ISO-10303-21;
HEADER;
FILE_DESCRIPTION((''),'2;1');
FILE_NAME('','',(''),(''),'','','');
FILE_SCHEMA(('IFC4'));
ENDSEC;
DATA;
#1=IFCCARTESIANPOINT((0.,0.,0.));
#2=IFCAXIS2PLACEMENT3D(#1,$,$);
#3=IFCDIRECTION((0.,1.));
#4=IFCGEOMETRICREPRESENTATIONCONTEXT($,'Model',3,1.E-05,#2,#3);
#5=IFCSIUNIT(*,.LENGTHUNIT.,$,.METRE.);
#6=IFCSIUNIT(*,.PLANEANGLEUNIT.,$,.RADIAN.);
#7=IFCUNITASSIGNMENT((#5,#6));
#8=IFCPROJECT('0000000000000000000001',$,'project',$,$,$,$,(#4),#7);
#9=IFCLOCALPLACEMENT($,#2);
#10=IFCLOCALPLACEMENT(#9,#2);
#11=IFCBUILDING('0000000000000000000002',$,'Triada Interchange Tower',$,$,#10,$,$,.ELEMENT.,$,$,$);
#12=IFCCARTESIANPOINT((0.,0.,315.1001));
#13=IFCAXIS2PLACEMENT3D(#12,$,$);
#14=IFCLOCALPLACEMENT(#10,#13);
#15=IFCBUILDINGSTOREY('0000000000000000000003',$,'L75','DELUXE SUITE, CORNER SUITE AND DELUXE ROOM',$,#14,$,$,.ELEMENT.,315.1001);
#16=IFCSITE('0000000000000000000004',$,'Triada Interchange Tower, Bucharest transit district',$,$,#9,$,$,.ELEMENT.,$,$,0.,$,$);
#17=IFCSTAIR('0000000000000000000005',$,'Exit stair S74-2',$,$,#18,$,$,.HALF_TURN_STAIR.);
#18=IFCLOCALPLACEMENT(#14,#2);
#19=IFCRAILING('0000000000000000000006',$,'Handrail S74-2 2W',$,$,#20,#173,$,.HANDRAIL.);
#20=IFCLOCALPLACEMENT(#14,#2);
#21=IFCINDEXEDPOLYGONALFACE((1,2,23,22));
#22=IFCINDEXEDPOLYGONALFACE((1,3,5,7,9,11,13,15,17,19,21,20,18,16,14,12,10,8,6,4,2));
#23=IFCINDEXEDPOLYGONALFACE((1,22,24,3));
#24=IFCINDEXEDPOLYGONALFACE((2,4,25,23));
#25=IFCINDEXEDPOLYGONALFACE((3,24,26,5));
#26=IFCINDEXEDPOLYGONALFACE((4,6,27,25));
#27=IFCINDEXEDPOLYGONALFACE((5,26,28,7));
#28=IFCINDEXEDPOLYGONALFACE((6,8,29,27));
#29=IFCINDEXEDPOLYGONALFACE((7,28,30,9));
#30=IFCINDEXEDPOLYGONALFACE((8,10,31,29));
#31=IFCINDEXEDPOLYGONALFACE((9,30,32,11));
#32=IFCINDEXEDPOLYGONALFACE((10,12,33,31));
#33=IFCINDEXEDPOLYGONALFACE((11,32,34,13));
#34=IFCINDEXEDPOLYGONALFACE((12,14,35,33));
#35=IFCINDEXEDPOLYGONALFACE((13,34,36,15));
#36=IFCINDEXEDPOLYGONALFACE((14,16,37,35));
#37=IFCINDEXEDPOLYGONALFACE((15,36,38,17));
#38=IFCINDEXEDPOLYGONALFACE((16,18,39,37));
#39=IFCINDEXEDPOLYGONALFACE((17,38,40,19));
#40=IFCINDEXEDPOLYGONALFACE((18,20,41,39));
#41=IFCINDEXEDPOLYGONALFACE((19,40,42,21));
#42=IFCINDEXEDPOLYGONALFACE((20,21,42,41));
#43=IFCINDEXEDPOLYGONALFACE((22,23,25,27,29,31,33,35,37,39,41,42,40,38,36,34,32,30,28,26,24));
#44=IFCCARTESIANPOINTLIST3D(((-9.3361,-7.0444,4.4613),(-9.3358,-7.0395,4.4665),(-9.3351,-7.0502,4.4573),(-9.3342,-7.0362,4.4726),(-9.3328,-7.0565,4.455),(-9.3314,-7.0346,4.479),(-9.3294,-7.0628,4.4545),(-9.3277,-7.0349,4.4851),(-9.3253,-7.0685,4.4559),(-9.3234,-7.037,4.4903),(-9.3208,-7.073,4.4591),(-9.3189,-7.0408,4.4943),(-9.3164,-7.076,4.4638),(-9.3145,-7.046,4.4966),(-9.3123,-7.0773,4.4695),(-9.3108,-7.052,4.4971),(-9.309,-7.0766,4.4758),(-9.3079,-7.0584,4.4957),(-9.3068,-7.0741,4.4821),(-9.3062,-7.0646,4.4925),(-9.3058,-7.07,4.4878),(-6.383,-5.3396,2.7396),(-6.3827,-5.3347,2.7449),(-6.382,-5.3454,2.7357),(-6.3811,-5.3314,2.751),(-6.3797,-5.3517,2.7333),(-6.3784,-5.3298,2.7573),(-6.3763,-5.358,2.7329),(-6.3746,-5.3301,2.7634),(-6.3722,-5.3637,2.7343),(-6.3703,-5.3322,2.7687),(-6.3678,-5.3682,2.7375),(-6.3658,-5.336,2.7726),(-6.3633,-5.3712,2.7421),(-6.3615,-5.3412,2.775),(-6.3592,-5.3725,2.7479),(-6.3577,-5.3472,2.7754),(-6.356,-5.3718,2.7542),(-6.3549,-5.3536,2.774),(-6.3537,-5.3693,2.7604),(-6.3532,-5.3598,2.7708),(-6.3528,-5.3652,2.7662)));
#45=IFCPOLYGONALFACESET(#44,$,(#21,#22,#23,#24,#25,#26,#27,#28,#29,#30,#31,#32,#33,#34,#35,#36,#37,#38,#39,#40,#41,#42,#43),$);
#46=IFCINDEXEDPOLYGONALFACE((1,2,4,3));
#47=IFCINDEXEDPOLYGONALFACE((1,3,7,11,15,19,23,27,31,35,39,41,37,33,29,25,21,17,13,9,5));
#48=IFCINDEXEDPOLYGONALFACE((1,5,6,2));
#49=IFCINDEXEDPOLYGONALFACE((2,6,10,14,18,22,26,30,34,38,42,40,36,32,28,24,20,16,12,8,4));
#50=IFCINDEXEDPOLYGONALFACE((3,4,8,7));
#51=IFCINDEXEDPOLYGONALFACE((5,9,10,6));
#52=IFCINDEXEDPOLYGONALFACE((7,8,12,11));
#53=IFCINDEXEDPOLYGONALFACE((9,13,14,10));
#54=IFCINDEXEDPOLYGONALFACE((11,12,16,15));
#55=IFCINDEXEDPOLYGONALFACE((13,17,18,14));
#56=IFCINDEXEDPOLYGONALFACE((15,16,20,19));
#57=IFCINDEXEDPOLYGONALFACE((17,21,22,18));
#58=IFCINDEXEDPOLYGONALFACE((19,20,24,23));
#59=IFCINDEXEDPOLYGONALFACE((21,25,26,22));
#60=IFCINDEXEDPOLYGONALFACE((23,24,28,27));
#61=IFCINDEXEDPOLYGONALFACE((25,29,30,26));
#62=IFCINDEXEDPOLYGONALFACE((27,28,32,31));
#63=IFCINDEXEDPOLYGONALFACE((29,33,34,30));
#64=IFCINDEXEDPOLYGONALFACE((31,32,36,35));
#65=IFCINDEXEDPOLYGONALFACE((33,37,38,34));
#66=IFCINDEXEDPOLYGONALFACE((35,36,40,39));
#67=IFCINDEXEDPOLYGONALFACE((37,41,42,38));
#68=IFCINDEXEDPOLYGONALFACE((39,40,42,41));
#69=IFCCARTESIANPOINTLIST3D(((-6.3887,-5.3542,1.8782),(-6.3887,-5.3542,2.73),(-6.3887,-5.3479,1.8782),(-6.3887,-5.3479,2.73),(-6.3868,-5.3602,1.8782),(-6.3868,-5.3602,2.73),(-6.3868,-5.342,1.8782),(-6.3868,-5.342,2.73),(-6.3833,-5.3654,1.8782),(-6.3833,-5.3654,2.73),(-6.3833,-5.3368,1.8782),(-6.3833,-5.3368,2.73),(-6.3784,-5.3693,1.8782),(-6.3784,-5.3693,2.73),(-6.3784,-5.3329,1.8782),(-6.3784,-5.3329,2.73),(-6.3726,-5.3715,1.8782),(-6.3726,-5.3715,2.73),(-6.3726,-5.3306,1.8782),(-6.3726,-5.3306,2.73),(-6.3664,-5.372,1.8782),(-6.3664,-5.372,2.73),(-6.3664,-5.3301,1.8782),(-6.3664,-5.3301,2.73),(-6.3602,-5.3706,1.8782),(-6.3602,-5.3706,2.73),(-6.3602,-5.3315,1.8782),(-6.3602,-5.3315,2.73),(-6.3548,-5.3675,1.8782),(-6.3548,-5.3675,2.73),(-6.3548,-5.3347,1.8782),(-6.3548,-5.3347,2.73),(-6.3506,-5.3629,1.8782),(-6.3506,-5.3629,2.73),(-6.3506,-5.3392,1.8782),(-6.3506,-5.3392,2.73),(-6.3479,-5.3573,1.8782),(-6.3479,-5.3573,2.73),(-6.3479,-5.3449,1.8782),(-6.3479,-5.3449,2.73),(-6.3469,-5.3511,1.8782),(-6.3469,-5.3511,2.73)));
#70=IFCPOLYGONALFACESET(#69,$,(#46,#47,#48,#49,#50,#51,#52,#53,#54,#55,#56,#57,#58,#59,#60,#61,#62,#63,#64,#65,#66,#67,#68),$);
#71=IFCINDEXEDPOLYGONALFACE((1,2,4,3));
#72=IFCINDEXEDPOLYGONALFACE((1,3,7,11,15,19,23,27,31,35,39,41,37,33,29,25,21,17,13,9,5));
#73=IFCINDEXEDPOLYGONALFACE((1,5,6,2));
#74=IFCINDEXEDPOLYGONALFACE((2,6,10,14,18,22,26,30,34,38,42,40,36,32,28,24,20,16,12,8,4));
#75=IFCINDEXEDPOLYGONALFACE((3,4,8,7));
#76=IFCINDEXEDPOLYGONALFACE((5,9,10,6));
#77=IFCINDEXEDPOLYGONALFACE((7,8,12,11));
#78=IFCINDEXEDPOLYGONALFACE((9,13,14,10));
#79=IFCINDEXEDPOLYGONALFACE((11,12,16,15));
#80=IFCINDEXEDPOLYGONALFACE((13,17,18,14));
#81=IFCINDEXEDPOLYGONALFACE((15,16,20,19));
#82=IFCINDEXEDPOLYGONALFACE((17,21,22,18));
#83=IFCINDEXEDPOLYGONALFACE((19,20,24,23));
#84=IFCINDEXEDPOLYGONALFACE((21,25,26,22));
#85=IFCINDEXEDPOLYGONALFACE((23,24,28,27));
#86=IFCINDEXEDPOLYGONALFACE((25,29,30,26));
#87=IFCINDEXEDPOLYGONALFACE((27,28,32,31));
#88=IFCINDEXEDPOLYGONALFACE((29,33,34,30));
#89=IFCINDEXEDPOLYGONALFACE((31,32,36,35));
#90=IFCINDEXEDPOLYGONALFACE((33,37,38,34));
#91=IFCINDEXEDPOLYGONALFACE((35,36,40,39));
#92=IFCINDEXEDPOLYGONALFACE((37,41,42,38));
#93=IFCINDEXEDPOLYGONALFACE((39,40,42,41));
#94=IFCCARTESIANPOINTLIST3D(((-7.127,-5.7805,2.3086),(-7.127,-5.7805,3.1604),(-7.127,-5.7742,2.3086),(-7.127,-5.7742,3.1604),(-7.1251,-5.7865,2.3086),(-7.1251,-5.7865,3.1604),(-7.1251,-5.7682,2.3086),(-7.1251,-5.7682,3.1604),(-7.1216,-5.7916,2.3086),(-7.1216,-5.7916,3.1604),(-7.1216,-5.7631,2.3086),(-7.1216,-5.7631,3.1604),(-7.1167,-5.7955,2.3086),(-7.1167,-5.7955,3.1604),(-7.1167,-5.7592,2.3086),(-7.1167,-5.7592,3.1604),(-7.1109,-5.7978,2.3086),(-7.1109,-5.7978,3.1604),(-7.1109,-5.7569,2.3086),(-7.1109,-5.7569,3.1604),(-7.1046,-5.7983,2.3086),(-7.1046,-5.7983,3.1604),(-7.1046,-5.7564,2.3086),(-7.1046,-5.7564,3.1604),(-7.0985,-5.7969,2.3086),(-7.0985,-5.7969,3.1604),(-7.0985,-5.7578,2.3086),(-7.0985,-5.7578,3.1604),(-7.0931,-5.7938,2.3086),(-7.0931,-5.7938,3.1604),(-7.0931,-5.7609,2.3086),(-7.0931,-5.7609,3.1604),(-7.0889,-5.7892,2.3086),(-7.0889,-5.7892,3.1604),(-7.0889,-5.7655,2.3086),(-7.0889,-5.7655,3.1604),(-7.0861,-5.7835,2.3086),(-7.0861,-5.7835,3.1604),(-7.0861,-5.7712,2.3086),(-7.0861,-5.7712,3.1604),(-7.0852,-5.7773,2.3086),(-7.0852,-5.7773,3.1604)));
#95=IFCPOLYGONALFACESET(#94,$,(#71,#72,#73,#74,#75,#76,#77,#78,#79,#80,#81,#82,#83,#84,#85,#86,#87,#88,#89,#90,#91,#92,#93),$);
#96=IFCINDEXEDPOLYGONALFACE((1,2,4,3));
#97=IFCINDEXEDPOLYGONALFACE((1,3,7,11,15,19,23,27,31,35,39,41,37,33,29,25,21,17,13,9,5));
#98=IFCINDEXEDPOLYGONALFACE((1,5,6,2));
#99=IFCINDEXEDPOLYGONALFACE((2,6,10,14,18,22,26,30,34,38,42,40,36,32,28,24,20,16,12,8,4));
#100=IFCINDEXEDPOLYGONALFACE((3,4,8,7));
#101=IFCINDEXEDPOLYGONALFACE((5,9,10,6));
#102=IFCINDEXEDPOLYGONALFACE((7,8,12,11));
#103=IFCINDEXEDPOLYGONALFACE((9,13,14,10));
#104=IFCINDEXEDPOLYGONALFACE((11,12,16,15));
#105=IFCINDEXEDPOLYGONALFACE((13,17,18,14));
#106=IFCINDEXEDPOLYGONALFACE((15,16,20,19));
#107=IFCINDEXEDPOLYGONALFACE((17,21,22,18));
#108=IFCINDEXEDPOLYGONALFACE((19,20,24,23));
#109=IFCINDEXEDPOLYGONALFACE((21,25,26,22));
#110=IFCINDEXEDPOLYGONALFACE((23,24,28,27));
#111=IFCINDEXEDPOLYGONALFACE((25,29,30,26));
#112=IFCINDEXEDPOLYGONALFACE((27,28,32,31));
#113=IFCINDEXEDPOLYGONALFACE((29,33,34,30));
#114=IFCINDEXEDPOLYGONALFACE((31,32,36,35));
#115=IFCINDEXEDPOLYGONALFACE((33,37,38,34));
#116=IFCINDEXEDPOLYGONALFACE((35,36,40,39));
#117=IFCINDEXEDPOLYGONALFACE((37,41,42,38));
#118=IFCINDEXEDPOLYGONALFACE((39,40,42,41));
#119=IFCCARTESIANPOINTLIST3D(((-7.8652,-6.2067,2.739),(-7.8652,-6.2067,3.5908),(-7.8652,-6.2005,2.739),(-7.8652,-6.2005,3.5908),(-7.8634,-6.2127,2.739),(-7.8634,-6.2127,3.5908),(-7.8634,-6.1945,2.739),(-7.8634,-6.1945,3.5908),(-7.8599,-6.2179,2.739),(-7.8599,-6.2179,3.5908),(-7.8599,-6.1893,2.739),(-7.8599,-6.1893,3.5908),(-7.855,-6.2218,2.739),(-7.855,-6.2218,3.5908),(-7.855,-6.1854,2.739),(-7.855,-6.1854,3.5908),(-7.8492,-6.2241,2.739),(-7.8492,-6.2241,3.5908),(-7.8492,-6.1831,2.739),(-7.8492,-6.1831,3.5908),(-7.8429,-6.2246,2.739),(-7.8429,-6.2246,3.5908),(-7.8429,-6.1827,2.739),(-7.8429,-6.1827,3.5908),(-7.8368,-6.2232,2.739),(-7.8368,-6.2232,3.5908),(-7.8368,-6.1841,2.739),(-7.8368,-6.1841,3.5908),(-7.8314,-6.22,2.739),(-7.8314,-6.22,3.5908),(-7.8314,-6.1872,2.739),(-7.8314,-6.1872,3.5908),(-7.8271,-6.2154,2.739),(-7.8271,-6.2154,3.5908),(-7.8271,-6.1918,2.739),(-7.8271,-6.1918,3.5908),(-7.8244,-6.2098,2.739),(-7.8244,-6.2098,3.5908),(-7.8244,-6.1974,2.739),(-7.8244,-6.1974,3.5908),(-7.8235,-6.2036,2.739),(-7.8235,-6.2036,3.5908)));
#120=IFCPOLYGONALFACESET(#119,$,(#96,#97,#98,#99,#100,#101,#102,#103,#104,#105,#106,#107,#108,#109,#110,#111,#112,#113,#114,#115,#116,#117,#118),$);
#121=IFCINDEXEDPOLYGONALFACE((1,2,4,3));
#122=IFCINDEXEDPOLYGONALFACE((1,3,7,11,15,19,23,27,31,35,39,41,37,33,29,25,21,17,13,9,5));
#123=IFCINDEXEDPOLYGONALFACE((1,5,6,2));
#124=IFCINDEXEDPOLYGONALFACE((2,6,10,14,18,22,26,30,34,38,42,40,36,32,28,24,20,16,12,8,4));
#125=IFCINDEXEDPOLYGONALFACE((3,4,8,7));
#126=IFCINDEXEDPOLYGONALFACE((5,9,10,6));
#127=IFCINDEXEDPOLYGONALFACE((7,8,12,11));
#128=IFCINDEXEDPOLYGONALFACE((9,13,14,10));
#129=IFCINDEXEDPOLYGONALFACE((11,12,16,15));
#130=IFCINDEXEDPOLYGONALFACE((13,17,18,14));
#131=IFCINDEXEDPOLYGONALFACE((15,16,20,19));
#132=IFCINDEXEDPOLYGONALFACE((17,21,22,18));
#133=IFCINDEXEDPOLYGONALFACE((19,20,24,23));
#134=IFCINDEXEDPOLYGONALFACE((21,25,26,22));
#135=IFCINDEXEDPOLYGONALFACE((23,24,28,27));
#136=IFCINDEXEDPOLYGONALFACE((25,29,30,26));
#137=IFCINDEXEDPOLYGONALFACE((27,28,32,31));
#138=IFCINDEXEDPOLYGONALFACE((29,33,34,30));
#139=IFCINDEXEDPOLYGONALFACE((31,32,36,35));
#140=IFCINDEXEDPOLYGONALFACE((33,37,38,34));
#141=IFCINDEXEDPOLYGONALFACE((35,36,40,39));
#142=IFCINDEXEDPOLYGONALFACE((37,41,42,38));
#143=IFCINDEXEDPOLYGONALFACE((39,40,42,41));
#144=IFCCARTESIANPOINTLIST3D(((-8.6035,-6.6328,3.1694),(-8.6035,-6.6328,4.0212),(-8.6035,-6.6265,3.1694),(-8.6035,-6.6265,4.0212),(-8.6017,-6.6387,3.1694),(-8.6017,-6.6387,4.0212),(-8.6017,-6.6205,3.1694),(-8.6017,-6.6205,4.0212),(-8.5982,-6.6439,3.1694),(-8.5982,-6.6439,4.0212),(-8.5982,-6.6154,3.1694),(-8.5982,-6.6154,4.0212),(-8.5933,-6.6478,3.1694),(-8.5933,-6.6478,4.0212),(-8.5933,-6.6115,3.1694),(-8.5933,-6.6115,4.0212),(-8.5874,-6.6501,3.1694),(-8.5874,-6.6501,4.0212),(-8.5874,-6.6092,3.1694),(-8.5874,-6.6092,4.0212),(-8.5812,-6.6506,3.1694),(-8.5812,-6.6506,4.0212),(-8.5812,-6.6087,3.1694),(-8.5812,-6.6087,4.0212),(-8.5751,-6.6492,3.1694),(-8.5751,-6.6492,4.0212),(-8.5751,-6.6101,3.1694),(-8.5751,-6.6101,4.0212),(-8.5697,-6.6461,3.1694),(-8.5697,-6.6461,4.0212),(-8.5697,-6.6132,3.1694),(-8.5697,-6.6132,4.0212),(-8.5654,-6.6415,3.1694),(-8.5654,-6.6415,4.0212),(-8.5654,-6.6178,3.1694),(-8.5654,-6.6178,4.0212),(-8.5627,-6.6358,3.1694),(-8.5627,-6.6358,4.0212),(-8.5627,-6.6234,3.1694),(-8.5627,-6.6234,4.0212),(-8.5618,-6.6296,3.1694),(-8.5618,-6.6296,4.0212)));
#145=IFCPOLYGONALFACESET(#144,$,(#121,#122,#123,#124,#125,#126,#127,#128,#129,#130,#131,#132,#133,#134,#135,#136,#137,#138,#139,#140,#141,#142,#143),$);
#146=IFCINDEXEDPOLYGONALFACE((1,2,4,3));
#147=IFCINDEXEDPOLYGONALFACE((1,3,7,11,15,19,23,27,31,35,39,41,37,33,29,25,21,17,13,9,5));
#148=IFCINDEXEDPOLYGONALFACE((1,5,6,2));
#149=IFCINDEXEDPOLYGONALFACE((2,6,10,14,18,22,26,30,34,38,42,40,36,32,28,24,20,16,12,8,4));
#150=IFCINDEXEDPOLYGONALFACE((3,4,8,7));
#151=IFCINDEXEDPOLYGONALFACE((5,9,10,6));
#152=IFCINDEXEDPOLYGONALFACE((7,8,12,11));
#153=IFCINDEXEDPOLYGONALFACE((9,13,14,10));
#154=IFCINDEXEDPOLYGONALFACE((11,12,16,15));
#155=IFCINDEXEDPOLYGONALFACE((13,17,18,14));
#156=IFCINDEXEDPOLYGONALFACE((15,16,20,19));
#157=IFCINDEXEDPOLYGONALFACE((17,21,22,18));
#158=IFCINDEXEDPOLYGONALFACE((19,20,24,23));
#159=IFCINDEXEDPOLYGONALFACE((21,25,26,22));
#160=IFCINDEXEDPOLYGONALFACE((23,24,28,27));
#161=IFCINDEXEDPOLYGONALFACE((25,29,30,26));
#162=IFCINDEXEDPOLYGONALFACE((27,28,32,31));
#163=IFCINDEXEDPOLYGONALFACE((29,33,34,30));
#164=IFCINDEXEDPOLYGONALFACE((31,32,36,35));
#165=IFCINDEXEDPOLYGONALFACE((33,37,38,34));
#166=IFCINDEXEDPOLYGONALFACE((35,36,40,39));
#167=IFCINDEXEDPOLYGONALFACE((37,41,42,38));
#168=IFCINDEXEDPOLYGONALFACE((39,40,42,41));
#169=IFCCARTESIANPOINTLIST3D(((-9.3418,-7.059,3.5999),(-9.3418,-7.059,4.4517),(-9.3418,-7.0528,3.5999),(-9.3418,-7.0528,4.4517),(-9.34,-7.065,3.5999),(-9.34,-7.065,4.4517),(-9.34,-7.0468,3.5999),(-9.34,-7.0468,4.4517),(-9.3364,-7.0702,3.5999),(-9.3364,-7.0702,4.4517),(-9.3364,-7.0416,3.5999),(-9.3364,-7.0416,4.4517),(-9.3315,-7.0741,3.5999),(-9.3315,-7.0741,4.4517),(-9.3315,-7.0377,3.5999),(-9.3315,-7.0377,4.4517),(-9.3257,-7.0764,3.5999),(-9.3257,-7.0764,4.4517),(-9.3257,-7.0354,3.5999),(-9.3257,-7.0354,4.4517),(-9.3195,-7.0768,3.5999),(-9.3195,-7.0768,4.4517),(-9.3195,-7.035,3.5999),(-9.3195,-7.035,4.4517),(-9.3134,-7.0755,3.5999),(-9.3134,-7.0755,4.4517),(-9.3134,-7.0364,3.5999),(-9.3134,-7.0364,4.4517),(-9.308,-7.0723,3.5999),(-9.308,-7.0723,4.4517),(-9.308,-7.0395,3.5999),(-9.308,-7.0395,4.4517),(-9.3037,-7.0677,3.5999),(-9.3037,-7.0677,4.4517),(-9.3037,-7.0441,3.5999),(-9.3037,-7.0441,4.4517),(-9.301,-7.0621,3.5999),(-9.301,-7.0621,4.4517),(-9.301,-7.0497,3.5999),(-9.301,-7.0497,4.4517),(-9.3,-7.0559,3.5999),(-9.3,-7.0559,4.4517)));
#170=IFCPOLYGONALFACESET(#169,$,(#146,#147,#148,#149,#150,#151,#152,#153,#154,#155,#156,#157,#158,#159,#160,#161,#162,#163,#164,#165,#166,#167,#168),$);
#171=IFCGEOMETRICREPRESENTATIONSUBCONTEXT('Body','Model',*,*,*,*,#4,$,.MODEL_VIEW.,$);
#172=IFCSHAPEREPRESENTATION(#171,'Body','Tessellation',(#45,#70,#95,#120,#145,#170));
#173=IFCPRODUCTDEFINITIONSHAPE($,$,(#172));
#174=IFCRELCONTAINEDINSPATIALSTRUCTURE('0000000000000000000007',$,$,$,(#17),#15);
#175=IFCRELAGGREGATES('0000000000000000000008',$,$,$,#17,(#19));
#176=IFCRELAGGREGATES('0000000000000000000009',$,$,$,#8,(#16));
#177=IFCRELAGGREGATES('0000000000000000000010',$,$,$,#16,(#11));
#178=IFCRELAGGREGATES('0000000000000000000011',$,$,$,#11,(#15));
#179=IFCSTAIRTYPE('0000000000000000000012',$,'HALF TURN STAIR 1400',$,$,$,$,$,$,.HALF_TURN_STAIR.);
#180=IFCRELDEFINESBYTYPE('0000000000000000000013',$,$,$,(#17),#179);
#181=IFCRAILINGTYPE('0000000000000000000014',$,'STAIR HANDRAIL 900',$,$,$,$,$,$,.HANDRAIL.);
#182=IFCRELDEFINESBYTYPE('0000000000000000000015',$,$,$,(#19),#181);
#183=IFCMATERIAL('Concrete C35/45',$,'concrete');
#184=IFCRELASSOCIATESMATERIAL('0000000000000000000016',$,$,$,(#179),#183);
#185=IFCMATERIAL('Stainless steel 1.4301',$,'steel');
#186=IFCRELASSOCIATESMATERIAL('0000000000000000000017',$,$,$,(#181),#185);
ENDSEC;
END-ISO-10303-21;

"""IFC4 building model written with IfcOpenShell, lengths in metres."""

from ifc_helpers import new_model, si_unit, direction, frame, origin, origin_2d, place, context, subcontext, project, spatial, circle, extrude, material, type_object, element, aggregate, save


model = new_model("IFC4")

# Units and contexts
model_context = context("Model", 3, precision=1e-05, world=origin(), true_north=direction((0.0, 1.0)))
body_context = subcontext(model_context, "Body", "Model", "MODEL_VIEW")
ifc_project = project(units=[si_unit("LENGTHUNIT", "METRE"), si_unit("PLANEANGLEUNIT", "RADIAN")], contexts=[model_context])

# Site, building, storey
site_placement = place(None, origin())
site = spatial("IfcSite", under=ifc_project, at=site_placement, Name="Triada Interchange Tower, Bucharest transit district", CompositionType="ELEMENT", RefElevation=0.0)
building_placement = place(site_placement, origin())
building = spatial("IfcBuilding", under=site, at=building_placement, Name="Triada Interchange Tower", CompositionType="ELEMENT")
storey_placement = place(building_placement, frame((0.0, 0.0, 315.1001)))
storey = spatial("IfcBuildingStorey", under=building, at=storey_placement, Name="L75", Description="DELUXE SUITE, CORNER SUITE AND DELUXE ROOM", CompositionType="ELEMENT", Elevation=315.1001)

# Stair, railing
ifc_material_1 = material(Name="Concrete C35/45", Category="concrete")
stair_type = type_object("IfcStairType", Name="HALF TURN STAIR 1400", PredefinedType="HALF_TURN_STAIR", material=ifc_material_1)
stair_placement = place(storey_placement, origin())
stair = element("IfcStair", 1, at=stair_placement, inside=storey, type_object=stair_type, Name="Exit stair S74-2", PredefinedType="HALF_TURN_STAIR")
ifc_material_2 = material(Name="Stainless steel 1.4301", Category="steel")
railing_type = type_object("IfcRailingType", Name="STAIR HANDRAIL 900", PredefinedType="HANDRAIL", material=ifc_material_2)
railing_1_placement = place(storey_placement, frame((-6.3679, -5.3511, 1.8782)))
railing_1 = element("IfcRailing", 2, at=railing_1_placement, type_object=railing_type, Name="Handrail S74-2 2W", PredefinedType="HANDRAIL", context=body_context, shape_type="SweptSolid", body=[
    extrude(circle(Radius=0.0239, at=origin_2d()), frame((0.0, 0.0, 0.876), z_axis=(-0.773091, -0.446304, 0.450714), x_axis=(0.499966, -0.866045, 0.0)), (0.0, 0.0, 1.0), 3.8198),
    extrude(circle(Radius=0.021, at=origin_2d()), origin(), (0.0, 0.0, 1.0), 0.8518),
    extrude(circle(Radius=0.021, at=origin_2d()), frame((-0.7383, -0.4263, 0.4304)), (0.0, 0.0, 1.0), 0.8518),
    extrude(circle(Radius=0.021, at=origin_2d()), frame((-1.4766, -0.8525, 0.8608)), (0.0, 0.0, 1.0), 0.8518),
    extrude(circle(Radius=0.021, at=origin_2d()), frame((-2.2148, -1.2786, 1.2913)), (0.0, 0.0, 1.0), 0.8518),
    extrude(circle(Radius=0.021, at=origin_2d()), frame((-2.9531, -1.7048, 1.7217)), (0.0, 0.0, 1.0), 0.8518),
])
aggregate(stair, [railing_1])

save(model, "model.ifc")
